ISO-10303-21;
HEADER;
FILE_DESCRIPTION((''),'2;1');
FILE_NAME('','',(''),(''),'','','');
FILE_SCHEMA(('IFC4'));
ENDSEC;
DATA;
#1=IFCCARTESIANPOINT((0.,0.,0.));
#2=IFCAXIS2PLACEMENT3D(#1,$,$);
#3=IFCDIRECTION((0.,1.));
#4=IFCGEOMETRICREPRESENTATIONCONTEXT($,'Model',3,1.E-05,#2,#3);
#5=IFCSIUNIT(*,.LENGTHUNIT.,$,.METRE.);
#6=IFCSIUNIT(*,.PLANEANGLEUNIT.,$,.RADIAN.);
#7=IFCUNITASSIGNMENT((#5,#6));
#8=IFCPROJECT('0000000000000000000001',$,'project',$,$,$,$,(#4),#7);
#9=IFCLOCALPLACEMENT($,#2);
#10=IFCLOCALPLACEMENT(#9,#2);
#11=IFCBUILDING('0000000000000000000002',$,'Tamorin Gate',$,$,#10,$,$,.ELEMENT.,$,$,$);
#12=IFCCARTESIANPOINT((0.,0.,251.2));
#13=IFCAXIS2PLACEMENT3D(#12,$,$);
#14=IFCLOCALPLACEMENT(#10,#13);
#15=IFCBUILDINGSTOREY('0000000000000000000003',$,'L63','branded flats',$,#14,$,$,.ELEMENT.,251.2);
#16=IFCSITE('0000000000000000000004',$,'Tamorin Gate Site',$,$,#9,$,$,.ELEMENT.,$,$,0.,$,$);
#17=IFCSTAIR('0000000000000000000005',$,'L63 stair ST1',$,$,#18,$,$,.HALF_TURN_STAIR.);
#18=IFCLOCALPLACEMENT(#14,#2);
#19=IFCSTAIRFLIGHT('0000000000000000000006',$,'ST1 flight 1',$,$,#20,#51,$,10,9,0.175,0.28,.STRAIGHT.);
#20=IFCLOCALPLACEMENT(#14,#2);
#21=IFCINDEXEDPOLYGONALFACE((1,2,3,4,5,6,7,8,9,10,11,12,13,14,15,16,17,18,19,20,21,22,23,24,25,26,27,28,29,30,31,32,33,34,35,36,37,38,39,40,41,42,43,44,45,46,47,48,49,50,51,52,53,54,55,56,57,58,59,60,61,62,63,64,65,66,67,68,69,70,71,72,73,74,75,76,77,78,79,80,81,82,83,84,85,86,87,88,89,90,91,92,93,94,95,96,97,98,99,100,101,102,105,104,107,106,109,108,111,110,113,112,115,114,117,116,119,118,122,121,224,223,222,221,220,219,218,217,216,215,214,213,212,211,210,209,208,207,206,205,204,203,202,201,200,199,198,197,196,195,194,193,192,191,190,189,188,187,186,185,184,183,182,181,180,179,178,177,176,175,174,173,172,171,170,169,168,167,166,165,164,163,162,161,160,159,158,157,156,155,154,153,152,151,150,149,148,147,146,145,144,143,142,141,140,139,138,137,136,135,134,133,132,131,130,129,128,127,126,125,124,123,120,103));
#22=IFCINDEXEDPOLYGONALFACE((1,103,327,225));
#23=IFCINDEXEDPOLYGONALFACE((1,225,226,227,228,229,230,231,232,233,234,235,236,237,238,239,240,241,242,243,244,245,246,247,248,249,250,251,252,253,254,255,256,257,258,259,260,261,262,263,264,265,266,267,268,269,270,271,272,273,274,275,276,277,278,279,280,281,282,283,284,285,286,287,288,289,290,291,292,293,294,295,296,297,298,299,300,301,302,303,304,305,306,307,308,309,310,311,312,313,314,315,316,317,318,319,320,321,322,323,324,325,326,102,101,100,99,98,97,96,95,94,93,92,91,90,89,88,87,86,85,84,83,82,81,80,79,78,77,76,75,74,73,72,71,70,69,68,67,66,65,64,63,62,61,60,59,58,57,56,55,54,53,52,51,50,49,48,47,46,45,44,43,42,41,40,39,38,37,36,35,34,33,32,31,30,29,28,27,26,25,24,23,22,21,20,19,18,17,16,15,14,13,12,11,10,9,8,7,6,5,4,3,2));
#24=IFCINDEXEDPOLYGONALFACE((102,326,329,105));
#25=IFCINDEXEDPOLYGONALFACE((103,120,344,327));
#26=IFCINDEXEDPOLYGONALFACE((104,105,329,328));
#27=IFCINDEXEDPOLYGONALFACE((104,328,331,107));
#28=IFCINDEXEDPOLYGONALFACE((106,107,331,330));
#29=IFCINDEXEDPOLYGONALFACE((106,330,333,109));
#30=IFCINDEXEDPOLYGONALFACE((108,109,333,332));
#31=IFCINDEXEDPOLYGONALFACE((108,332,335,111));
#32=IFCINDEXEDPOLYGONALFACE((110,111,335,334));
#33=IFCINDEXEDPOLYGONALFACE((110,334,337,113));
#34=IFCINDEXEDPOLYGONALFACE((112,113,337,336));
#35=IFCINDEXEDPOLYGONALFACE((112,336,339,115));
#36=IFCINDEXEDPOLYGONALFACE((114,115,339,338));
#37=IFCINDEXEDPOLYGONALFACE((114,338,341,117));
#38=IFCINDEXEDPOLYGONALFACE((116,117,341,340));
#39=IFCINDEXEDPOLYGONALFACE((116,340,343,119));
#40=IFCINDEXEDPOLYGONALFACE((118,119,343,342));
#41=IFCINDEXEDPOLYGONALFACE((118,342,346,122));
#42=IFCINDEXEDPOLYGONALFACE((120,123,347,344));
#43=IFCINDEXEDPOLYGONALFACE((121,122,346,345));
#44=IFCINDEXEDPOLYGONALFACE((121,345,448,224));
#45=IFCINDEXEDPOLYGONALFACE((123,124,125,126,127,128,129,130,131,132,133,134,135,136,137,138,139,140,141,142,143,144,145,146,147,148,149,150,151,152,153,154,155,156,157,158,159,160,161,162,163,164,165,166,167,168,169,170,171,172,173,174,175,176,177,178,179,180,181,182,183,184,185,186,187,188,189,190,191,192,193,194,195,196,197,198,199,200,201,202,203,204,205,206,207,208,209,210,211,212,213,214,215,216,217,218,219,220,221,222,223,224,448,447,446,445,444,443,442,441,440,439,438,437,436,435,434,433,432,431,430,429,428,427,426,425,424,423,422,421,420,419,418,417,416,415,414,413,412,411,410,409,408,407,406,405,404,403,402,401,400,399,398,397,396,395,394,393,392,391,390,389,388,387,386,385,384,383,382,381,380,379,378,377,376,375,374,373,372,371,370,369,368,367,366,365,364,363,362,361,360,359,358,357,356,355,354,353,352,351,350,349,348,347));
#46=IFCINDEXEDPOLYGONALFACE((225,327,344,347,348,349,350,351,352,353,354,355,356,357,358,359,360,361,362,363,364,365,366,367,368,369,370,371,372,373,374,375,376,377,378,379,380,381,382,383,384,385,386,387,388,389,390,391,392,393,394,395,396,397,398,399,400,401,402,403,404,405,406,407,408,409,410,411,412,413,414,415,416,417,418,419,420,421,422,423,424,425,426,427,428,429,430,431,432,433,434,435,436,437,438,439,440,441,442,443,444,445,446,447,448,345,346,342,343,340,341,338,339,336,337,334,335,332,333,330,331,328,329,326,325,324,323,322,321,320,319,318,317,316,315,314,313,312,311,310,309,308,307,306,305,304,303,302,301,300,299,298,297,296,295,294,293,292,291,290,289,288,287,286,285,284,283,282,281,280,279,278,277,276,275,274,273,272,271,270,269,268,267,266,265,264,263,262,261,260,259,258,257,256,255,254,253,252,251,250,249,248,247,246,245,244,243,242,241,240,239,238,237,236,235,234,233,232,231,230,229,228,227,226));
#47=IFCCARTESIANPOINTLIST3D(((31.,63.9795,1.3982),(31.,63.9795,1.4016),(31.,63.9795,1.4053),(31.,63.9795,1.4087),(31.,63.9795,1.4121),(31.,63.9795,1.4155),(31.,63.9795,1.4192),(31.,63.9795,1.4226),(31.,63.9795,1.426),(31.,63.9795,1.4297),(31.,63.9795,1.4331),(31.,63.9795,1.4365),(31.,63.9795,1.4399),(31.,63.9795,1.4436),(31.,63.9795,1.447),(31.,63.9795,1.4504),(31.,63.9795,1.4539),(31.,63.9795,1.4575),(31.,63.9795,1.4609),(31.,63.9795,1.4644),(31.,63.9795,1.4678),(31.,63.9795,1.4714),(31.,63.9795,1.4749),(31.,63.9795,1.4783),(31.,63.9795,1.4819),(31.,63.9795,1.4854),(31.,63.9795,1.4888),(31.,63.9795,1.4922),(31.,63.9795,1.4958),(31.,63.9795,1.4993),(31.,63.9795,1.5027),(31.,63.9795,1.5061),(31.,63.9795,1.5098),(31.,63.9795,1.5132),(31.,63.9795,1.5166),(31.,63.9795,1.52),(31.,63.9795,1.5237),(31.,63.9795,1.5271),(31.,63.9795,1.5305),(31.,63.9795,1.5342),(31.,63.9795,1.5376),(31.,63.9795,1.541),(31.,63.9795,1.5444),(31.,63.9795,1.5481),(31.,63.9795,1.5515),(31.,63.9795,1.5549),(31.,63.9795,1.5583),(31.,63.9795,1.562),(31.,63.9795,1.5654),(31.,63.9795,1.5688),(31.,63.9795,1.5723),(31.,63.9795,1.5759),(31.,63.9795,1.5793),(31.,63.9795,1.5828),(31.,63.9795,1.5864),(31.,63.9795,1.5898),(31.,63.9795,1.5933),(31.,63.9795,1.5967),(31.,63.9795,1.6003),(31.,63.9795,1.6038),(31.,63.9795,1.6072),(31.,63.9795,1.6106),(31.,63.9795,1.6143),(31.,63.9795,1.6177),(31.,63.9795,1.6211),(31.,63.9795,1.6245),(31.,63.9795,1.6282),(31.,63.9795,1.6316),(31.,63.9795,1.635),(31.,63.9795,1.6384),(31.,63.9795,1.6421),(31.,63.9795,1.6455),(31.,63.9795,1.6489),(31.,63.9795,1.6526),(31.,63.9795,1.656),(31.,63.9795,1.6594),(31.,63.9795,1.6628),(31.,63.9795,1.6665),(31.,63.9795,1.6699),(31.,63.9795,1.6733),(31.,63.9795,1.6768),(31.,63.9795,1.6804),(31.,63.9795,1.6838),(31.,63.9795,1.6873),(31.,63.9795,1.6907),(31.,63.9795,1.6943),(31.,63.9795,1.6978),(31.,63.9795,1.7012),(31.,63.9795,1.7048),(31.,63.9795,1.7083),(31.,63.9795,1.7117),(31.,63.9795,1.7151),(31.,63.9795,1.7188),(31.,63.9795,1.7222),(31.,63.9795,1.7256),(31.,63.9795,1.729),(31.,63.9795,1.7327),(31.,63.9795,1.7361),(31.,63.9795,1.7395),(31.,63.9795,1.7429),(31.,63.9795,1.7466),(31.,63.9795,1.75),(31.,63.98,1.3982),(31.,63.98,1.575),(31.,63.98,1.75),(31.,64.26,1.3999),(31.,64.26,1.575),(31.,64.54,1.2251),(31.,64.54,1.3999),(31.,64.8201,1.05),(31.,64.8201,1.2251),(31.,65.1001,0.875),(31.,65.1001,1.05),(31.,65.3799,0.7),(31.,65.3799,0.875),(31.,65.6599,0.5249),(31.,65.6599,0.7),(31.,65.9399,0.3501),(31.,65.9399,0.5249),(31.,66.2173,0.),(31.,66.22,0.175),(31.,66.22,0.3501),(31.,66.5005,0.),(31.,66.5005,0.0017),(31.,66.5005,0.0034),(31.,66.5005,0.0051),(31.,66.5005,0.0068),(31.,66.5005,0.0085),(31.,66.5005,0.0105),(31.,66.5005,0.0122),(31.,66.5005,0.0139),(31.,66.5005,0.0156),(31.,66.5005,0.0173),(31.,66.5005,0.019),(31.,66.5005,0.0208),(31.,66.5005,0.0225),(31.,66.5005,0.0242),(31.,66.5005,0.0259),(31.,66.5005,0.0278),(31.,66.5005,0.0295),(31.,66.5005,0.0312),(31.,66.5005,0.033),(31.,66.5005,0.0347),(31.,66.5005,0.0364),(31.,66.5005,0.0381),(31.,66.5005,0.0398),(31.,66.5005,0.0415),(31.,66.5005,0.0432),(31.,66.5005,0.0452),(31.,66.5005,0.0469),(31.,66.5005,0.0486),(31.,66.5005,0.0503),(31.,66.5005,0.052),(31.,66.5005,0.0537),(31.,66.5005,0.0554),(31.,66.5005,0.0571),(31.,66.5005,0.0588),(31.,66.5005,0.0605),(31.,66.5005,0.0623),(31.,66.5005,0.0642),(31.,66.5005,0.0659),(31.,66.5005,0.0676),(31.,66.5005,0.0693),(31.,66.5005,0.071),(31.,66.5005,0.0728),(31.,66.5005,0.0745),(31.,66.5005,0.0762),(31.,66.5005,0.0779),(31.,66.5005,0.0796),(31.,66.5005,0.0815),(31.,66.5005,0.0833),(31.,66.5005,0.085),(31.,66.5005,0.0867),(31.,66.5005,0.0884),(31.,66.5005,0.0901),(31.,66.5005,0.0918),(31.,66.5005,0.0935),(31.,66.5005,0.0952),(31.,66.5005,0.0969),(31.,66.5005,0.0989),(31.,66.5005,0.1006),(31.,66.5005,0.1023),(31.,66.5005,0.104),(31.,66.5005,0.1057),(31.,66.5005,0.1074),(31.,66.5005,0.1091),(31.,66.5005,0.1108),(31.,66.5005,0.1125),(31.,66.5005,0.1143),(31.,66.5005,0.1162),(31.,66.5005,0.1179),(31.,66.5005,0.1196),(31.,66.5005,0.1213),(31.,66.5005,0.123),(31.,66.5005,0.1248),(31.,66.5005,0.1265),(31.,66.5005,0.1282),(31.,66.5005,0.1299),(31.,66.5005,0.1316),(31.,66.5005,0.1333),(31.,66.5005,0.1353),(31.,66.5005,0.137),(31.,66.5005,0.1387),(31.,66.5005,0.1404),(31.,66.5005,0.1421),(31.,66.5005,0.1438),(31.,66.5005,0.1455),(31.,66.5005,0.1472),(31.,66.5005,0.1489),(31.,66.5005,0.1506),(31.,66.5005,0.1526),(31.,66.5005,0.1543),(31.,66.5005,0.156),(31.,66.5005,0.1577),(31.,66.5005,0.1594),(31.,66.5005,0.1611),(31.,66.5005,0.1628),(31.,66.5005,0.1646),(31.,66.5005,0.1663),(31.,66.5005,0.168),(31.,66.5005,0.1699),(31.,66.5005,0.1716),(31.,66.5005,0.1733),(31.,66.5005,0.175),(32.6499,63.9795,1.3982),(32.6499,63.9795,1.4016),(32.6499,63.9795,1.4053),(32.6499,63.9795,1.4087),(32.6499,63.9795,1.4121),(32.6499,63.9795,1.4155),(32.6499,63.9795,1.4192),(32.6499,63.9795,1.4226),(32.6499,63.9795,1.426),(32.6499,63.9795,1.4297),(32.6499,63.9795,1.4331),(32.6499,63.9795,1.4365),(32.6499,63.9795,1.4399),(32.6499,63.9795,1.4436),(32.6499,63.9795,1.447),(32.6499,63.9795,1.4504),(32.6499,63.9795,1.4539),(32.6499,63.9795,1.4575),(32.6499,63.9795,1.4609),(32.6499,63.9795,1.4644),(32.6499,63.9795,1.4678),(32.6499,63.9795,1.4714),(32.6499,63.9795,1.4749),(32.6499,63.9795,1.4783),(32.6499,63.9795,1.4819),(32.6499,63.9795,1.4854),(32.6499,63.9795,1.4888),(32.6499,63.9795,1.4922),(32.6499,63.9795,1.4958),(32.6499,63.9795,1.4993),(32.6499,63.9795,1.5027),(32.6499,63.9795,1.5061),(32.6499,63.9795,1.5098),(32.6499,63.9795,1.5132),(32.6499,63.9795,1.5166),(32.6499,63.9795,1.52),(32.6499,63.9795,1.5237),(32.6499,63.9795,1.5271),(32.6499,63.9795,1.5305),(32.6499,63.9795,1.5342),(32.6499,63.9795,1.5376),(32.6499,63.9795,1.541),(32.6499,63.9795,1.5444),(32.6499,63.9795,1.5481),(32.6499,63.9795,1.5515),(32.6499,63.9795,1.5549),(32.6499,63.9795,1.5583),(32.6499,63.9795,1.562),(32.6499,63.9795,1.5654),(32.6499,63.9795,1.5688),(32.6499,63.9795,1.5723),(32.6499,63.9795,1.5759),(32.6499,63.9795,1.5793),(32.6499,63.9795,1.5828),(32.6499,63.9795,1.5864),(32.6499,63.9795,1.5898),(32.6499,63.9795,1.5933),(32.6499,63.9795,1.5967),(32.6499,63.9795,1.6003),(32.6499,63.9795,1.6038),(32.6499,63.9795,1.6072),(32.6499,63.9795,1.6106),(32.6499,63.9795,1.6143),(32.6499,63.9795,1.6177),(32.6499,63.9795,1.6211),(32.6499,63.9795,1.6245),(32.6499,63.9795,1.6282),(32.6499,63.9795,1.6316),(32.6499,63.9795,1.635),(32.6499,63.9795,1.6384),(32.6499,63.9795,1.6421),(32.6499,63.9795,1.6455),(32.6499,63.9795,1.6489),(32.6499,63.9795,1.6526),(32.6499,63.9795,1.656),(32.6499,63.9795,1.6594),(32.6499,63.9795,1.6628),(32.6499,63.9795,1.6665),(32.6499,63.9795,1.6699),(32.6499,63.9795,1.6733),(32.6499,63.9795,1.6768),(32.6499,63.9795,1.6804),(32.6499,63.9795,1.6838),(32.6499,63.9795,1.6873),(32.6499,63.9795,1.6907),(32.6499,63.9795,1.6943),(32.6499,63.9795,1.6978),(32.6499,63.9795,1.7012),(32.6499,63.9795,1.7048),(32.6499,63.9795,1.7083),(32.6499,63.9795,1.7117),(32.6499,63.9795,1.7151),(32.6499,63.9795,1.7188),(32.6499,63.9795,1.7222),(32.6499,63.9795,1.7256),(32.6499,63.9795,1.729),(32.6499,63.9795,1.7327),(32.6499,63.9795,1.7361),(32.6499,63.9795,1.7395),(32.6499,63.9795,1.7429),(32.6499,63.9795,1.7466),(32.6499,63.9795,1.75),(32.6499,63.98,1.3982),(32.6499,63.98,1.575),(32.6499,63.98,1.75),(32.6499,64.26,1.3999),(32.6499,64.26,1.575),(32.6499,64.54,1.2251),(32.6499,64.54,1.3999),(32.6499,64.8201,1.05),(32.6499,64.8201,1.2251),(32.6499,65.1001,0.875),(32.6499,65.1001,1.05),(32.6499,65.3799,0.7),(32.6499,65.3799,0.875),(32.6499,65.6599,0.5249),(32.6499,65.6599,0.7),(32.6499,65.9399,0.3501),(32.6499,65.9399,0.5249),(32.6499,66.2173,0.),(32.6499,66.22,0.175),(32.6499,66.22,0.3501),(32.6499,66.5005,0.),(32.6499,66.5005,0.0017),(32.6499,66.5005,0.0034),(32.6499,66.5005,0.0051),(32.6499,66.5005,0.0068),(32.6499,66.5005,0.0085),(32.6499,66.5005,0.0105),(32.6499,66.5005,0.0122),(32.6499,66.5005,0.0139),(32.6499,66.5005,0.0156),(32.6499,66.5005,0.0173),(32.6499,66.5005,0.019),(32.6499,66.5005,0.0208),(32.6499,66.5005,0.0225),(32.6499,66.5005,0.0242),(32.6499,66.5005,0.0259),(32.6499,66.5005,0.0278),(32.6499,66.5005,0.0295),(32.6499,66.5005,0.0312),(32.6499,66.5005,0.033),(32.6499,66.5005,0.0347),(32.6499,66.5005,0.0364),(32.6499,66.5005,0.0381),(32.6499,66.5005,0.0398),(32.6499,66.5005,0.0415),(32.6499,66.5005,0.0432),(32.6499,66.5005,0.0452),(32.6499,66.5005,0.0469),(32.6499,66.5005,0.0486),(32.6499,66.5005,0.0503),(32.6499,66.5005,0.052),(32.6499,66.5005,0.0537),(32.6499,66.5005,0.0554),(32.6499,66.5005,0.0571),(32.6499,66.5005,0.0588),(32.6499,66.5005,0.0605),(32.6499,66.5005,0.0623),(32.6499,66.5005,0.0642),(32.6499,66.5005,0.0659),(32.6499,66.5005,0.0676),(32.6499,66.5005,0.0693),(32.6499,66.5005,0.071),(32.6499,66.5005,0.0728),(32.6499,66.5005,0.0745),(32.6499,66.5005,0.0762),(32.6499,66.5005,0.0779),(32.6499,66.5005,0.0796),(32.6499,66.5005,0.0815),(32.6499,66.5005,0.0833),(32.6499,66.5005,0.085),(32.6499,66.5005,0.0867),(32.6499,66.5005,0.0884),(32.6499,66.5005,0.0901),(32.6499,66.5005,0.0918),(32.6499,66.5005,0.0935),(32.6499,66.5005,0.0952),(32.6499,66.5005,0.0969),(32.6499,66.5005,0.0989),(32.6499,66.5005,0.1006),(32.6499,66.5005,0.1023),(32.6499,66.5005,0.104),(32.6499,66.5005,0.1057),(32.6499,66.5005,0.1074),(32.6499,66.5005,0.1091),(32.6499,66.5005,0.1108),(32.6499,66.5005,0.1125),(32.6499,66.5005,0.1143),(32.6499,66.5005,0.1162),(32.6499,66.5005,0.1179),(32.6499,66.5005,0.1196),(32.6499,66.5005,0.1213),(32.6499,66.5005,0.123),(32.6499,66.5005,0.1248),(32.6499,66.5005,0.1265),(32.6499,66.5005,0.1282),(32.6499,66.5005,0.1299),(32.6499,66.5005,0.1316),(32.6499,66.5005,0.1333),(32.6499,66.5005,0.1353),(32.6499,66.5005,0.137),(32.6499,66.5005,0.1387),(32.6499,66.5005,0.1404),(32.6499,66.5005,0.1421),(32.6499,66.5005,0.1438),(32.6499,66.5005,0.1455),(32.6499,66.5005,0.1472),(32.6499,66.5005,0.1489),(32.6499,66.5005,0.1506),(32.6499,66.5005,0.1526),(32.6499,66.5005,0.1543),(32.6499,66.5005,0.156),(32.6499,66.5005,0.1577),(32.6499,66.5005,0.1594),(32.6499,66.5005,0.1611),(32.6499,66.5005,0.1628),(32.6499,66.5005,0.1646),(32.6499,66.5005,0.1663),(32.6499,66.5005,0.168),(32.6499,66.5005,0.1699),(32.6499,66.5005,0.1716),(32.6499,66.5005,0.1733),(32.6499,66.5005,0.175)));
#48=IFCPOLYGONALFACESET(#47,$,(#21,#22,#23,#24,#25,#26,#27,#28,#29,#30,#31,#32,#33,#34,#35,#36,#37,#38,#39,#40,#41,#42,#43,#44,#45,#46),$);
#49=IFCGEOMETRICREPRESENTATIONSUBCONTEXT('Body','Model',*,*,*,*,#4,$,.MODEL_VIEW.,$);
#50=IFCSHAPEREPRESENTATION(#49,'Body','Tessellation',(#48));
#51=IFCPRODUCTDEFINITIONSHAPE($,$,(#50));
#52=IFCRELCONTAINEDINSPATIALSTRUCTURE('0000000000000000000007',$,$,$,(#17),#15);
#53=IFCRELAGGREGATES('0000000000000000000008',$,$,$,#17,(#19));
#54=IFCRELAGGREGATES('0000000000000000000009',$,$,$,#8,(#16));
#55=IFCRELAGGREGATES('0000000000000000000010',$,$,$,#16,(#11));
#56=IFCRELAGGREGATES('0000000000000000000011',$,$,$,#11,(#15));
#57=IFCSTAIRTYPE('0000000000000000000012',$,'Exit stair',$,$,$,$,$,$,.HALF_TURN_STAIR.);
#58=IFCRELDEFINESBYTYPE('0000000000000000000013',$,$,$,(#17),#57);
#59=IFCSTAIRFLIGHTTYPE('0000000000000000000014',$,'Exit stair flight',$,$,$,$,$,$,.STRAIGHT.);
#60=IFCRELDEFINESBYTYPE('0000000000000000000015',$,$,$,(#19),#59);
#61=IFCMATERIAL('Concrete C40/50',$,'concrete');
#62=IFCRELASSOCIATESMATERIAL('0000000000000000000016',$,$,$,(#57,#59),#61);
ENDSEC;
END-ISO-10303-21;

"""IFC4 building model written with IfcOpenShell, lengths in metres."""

from ifc_helpers import new_model, si_unit, direction, frame, origin, place, context, subcontext, project, spatial, polyline, outline, extrude, material, type_object, element, aggregate, save


model = new_model("IFC4")

# Units and contexts
model_context = context("Model", 3, precision=1e-05, world=origin(), true_north=direction((0.0, 1.0)))
body_context = subcontext(model_context, "Body", "Model", "MODEL_VIEW")
ifc_project = project(units=[si_unit("LENGTHUNIT", "METRE"), si_unit("PLANEANGLEUNIT", "RADIAN")], contexts=[model_context])

# Site, building, storey
site_placement = place(None, origin())
site = spatial("IfcSite", under=ifc_project, at=site_placement, Name="Tamorin Gate Site", CompositionType="ELEMENT", RefElevation=0.0)
building_placement = place(site_placement, origin())
building = spatial("IfcBuilding", under=site, at=building_placement, Name="Tamorin Gate", CompositionType="ELEMENT")
storey_placement = place(building_placement, frame((0.0, 0.0, 251.2)))
storey = spatial("IfcBuildingStorey", under=building, at=storey_placement, Name="L63", Description="branded flats", CompositionType="ELEMENT", Elevation=251.2)

# Shared definitions
ifc_material_1 = material(Name="Concrete C40/50", Category="concrete")

# Stair, stair flight
stair_type = type_object("IfcStairType", Name="Exit stair", PredefinedType="HALF_TURN_STAIR", material=ifc_material_1)
stair_1_placement = place(storey_placement, origin())
stair_1 = element("IfcStair", 1, at=stair_1_placement, inside=storey, type_object=stair_type, Name="L63 stair ST1", PredefinedType="HALF_TURN_STAIR")
stair_flight_type = type_object("IfcStairFlightType", Name="Exit stair flight", PredefinedType="STRAIGHT", material=ifc_material_1)
stair_flight_1_placement = place(storey_placement, frame((31.825, 66.5, 0.0), z_axis=(0.0, 0.0, 1.0), x_axis=(0.0, -1.0, 0.0)))
stair_flight_1 = element("IfcStairFlight", 2, at=stair_flight_1_placement, type_object=stair_flight_type, Name="ST1 flight 1", NumberOfRisers=10, NumberOfTreads=9, PredefinedType="STRAIGHT", RiserHeight=0.175, TreadLength=0.28, context=body_context, shape_type="SweptSolid", body=[
    extrude(outline(polyline([(-0.0005, 0.0), (-0.0005, 0.0017), (-0.0005, 0.0034), (-0.0005, 0.0051), (-0.0005, 0.0068), (-0.0005, 0.0085), (-0.0005, 0.0105), (-0.0005, 0.0122), (-0.0005, 0.0139), (-0.0005, 0.0156), (-0.0005, 0.0173), (-0.0005, 0.019), (-0.0005, 0.0208), (-0.0005, 0.0225), (-0.0005, 0.0242), (-0.0005, 0.0259), (-0.0005, 0.0278), (-0.0005, 0.0295), (-0.0005, 0.0312), (-0.0005, 0.033), (-0.0005, 0.0347), (-0.0005, 0.0364), (-0.0005, 0.0381), (-0.0005, 0.0398), (-0.0005, 0.0415), (-0.0005, 0.0432), (-0.0005, 0.0452), (-0.0005, 0.0469), (-0.0005, 0.0486), (-0.0005, 0.0503), (-0.0005, 0.052), (-0.0005, 0.0537), (-0.0005, 0.0554), (-0.0005, 0.0571), (-0.0005, 0.0588), (-0.0005, 0.0605), (-0.0005, 0.0623), (-0.0005, 0.0642), (-0.0005, 0.0659), (-0.0005, 0.0676), (-0.0005, 0.0693), (-0.0005, 0.071), (-0.0005, 0.0728), (-0.0005, 0.0745), (-0.0005, 0.0762), (-0.0005, 0.0779), (-0.0005, 0.0796), (-0.0005, 0.0815), (-0.0005, 0.0833), (-0.0005, 0.085), (-0.0005, 0.0867), (-0.0005, 0.0884), (-0.0005, 0.0901), (-0.0005, 0.0918), (-0.0005, 0.0935), (-0.0005, 0.0952), (-0.0005, 0.0969), (-0.0005, 0.0989), (-0.0005, 0.1006), (-0.0005, 0.1023), (-0.0005, 0.104), (-0.0005, 0.1057), (-0.0005, 0.1074), (-0.0005, 0.1091), (-0.0005, 0.1108), (-0.0005, 0.1125), (-0.0005, 0.1143), (-0.0005, 0.1162), (-0.0005, 0.1179), (-0.0005, 0.1196), (-0.0005, 0.1213), (-0.0005, 0.123), (-0.0005, 0.1248), (-0.0005, 0.1265), (-0.0005, 0.1282), (-0.0005, 0.1299), (-0.0005, 0.1316), (-0.0005, 0.1333), (-0.0005, 0.1353), (-0.0005, 0.137), (-0.0005, 0.1387), (-0.0005, 0.1404), (-0.0005, 0.1421), (-0.0005, 0.1438), (-0.0005, 0.1455), (-0.0005, 0.1472), (-0.0005, 0.1489), (-0.0005, 0.1506), (-0.0005, 0.1526), (-0.0005, 0.1543), (-0.0005, 0.156), (-0.0005, 0.1577), (-0.0005, 0.1594), (-0.0005, 0.1611), (-0.0005, 0.1628), (-0.0005, 0.1646), (-0.0005, 0.1663), (-0.0005, 0.168), (-0.0005, 0.1699), (-0.0005, 0.1716), (-0.0005, 0.1733), (-0.0005, 0.175), (0.28, 0.175), (0.28, 0.3501), (0.5601, 0.3501), (0.5601, 0.5249), (0.8401, 0.5249), (0.8401, 0.7), (1.1201, 0.7), (1.1201, 0.875), (1.3999, 0.875), (1.3999, 1.05), (1.6799, 1.05), (1.6799, 1.2251), (1.96, 1.2251), (1.96, 1.3999), (2.24, 1.3999), (2.24, 1.575), (2.52, 1.575), (2.52, 1.75), (2.5205, 1.75), (2.5205, 1.7466), (2.5205, 1.7429), (2.5205, 1.7395), (2.5205, 1.7361), (2.5205, 1.7327), (2.5205, 1.729), (2.5205, 1.7256), (2.5205, 1.7222), (2.5205, 1.7188), (2.5205, 1.7151), (2.5205, 1.7117), (2.5205, 1.7083), (2.5205, 1.7048), (2.5205, 1.7012), (2.5205, 1.6978), (2.5205, 1.6943), (2.5205, 1.6907), (2.5205, 1.6873), (2.5205, 1.6838), (2.5205, 1.6804), (2.5205, 1.6768), (2.5205, 1.6733), (2.5205, 1.6699), (2.5205, 1.6665), (2.5205, 1.6628), (2.5205, 1.6594), (2.5205, 1.656), (2.5205, 1.6526), (2.5205, 1.6489), (2.5205, 1.6455), (2.5205, 1.6421), (2.5205, 1.6384), (2.5205, 1.635), (2.5205, 1.6316), (2.5205, 1.6282), (2.5205, 1.6245), (2.5205, 1.6211), (2.5205, 1.6177), (2.5205, 1.6143), (2.5205, 1.6106), (2.5205, 1.6072), (2.5205, 1.6038), (2.5205, 1.6003), (2.5205, 1.5967), (2.5205, 1.5933), (2.5205, 1.5898), (2.5205, 1.5864), (2.5205, 1.5828), (2.5205, 1.5793), (2.5205, 1.5759), (2.5205, 1.5723), (2.5205, 1.5688), (2.5205, 1.5654), (2.5205, 1.562), (2.5205, 1.5583), (2.5205, 1.5549), (2.5205, 1.5515), (2.5205, 1.5481), (2.5205, 1.5444), (2.5205, 1.541), (2.5205, 1.5376), (2.5205, 1.5342), (2.5205, 1.5305), (2.5205, 1.5271), (2.5205, 1.5237), (2.5205, 1.52), (2.5205, 1.5166), (2.5205, 1.5132), (2.5205, 1.5098), (2.5205, 1.5061), (2.5205, 1.5027), (2.5205, 1.4993), (2.5205, 1.4958), (2.5205, 1.4922), (2.5205, 1.4888), (2.5205, 1.4854), (2.5205, 1.4819), (2.5205, 1.4783), (2.5205, 1.4749), (2.5205, 1.4714), (2.5205, 1.4678), (2.5205, 1.4644), (2.5205, 1.4609), (2.5205, 1.4575), (2.5205, 1.4539), (2.5205, 1.4504), (2.5205, 1.447), (2.5205, 1.4436), (2.5205, 1.4399), (2.5205, 1.4365), (2.5205, 1.4331), (2.5205, 1.4297), (2.5205, 1.426), (2.5205, 1.4226), (2.5205, 1.4192), (2.5205, 1.4155), (2.5205, 1.4121), (2.5205, 1.4087), (2.5205, 1.4053), (2.5205, 1.4016), (2.5205, 1.3982), (2.52, 1.3982), (0.2827, 0.0), (-0.0005, 0.0)])), frame((0.0, 0.825, 0.0), z_axis=(0.0, -1.0, 0.0), x_axis=(1.0, 0.0, 0.0)), (0.0, 0.0, 1.0), 1.6499),
])
aggregate(stair_1, [stair_flight_1])

save(model, "model.ifc")
